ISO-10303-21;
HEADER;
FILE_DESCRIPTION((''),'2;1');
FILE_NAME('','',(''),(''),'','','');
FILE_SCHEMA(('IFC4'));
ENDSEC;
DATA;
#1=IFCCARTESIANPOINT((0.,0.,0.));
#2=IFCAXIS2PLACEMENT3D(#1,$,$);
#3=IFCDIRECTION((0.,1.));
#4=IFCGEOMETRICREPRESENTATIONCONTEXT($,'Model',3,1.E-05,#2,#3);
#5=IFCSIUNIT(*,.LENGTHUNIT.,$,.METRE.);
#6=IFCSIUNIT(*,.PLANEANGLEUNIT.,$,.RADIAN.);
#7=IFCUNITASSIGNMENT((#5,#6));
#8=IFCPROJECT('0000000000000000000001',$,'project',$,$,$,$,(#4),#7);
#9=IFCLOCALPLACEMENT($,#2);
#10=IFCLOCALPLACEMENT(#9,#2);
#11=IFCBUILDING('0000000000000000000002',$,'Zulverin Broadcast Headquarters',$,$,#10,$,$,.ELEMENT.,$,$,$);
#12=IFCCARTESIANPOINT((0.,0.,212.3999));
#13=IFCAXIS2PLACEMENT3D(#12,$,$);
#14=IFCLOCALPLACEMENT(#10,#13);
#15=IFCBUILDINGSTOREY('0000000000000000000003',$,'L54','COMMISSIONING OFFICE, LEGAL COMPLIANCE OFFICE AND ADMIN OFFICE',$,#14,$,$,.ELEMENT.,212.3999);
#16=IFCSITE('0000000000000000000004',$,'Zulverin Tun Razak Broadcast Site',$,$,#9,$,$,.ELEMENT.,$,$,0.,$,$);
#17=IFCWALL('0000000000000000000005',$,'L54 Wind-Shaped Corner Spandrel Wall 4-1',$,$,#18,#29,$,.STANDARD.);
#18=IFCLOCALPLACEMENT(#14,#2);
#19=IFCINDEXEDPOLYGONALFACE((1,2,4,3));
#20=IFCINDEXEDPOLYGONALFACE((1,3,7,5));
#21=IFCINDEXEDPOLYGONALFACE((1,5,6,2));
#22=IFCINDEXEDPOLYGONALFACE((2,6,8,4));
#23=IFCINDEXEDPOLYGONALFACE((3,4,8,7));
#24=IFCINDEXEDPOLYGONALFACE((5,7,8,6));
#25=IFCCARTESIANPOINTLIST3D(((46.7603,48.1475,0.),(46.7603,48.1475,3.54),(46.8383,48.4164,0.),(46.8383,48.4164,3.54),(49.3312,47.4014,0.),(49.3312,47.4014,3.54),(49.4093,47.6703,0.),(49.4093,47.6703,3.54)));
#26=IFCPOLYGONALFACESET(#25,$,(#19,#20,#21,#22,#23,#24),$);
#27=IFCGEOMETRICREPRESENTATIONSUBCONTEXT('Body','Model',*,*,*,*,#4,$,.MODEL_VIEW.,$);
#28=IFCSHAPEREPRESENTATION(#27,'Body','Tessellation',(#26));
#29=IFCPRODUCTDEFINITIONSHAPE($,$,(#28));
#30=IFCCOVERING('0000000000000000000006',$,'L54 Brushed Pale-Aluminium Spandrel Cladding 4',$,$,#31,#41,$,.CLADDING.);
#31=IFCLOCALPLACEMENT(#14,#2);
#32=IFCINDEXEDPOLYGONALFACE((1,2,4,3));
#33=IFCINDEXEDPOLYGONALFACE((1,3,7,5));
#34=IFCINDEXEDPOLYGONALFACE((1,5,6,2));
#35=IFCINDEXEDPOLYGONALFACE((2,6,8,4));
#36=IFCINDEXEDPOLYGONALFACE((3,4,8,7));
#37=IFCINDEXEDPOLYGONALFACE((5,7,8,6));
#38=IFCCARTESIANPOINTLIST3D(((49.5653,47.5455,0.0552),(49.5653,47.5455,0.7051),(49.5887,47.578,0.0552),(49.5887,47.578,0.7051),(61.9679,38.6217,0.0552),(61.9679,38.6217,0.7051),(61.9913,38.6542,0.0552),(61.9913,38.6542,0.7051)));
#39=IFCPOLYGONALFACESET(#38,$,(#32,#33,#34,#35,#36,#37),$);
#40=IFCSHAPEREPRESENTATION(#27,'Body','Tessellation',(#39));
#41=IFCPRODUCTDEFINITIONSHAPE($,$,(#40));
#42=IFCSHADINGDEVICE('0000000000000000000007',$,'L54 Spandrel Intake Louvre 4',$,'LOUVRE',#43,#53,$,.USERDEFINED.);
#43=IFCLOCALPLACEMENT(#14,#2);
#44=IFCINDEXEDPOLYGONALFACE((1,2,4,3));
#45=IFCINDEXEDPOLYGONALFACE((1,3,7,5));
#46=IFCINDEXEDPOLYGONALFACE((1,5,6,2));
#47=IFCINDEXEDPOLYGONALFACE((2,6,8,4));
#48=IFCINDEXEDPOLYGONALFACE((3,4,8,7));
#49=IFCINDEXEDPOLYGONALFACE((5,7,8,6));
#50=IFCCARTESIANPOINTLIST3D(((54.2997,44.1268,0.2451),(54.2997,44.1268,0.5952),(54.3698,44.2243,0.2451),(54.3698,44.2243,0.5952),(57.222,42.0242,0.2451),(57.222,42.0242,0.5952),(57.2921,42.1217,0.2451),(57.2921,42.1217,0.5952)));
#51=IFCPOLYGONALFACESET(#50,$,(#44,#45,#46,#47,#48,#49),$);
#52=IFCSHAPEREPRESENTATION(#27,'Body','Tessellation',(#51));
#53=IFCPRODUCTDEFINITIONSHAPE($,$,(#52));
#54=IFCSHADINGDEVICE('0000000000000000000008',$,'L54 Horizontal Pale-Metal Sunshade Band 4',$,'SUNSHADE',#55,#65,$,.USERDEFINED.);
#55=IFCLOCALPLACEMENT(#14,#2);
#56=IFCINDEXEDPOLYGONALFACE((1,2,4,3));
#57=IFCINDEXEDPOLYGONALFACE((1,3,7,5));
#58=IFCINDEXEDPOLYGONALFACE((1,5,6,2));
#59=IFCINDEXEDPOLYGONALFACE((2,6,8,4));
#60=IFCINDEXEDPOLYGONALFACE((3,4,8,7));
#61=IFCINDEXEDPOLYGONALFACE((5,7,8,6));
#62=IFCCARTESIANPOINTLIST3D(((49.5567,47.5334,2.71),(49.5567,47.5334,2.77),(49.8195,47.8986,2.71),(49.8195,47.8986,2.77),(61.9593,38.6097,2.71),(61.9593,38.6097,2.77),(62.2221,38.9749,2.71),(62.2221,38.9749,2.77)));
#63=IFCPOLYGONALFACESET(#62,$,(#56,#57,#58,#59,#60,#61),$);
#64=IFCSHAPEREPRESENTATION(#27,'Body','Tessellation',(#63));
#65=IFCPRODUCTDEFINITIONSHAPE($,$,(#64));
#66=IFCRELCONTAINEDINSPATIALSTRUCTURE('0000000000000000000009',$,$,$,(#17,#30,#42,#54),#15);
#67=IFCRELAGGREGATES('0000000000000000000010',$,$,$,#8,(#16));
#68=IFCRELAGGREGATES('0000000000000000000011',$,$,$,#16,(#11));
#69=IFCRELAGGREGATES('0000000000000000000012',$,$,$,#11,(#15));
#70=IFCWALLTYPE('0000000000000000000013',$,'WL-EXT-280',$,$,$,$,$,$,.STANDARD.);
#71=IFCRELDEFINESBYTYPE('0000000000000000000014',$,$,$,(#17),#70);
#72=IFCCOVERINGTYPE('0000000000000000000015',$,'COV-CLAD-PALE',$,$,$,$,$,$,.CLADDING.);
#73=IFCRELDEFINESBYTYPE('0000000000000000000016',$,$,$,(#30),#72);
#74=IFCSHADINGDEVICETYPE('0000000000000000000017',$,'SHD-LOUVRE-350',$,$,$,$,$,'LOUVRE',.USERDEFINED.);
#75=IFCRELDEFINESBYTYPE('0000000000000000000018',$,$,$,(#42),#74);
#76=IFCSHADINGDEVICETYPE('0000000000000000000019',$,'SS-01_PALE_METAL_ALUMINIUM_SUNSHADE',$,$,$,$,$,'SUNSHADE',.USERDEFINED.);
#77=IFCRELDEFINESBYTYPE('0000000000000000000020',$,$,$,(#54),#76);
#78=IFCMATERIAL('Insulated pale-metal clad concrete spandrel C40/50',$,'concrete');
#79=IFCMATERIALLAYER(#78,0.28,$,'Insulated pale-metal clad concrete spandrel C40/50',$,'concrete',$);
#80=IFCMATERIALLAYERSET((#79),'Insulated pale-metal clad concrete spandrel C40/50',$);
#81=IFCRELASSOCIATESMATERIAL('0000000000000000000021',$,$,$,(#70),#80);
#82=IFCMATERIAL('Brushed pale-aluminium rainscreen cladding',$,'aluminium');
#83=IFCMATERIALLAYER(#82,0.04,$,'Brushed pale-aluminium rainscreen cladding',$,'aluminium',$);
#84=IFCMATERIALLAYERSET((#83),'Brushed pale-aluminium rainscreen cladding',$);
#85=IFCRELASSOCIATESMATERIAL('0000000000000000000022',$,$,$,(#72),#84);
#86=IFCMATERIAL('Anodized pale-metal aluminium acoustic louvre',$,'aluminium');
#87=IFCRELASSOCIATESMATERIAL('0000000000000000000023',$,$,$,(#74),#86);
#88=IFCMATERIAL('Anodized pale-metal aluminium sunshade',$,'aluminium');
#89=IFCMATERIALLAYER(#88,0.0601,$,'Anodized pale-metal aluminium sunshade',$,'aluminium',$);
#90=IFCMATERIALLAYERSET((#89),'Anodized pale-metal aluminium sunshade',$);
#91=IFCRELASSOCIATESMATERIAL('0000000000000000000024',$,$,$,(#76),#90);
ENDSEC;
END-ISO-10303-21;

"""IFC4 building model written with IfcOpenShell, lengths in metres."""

from ifc_helpers import new_model, si_unit, direction, frame, frame_2d, origin, origin_2d, place, context, subcontext, project, spatial, rectangle, extrude, material, layer, layer_set, type_object, element, save


model = new_model("IFC4")

# Units and contexts
model_context = context("Model", 3, precision=1e-05, world=origin(), true_north=direction((0.0, 1.0)))
body_context = subcontext(model_context, "Body", "Model", "MODEL_VIEW")
ifc_project = project(units=[si_unit("LENGTHUNIT", "METRE"), si_unit("PLANEANGLEUNIT", "RADIAN")], contexts=[model_context])

# Site, building, storey
site_placement = place(None, origin())
site = spatial("IfcSite", under=ifc_project, at=site_placement, Name="Zulverin Tun Razak Broadcast Site", CompositionType="ELEMENT", RefElevation=0.0)
building_placement = place(site_placement, origin())
building = spatial("IfcBuilding", under=site, at=building_placement, Name="Zulverin Broadcast Headquarters", CompositionType="ELEMENT")
storey_placement = place(building_placement, frame((0.0, 0.0, 212.3999)))
storey = spatial("IfcBuildingStorey", under=building, at=storey_placement, Name="L54", Description="COMMISSIONING OFFICE, LEGAL COMPLIANCE OFFICE AND ADMIN OFFICE", CompositionType="ELEMENT", Elevation=212.3999)

# Shared definitions
ifc_material_1 = material(Name="Insulated pale-metal clad concrete spandrel C40/50", Category="concrete")
ifc_layer_1 = layer(ifc_material_1, 0.28, Name="Insulated pale-metal clad concrete spandrel C40/50", Category="concrete")
ifc_layer_set_1 = layer_set([ifc_layer_1], Name="Insulated pale-metal clad concrete spandrel C40/50")
wall_type = type_object("IfcWallType", Name="WL-EXT-280", PredefinedType="STANDARD", material=ifc_layer_set_1)

# Wall
wall_1_placement = place(storey_placement, frame((49.3701, 47.5359, 0.0), z_axis=(0.0, 0.0, 1.0), x_axis=(-0.96038, 0.278694, 0.0)))
element("IfcWall", 1, at=wall_1_placement, inside=storey, type_object=wall_type, Name="L54 Wind-Shaped Corner Spandrel Wall 4-1", PredefinedType="STANDARD", context=body_context, shape_type="SweptSolid", body=[
    extrude(rectangle(XDim=2.677, YDim=0.28, at=frame_2d((1.3384, 0.0))), origin(), (0.0, 0.0, 1.0), 3.54),
])

# Covering
ifc_material_2 = material(Name="Brushed pale-aluminium rainscreen cladding", Category="aluminium")
ifc_layer_2 = layer(ifc_material_2, 0.04, Name="Brushed pale-aluminium rainscreen cladding", Category="aluminium")
ifc_layer_set_2 = layer_set([ifc_layer_2], Name="Brushed pale-aluminium rainscreen cladding")
covering_type = type_object("IfcCoveringType", Name="COV-CLAD-PALE", PredefinedType="CLADDING", material=ifc_layer_set_2)
covering_placement = place(storey_placement, frame((55.7783, 43.0999, 0.0552), z_axis=(0.0, 0.0, 1.0), x_axis=(-0.811724, 0.584041, 0.0)))
element("IfcCovering", 2, at=covering_placement, inside=storey, type_object=covering_type, Name="L54 Brushed Pale-Aluminium Spandrel Cladding 4", PredefinedType="CLADDING", context=body_context, shape_type="SweptSolid", body=[
    extrude(rectangle(XDim=15.2793, YDim=0.04, at=origin_2d()), origin(), (0.0, 0.0, 1.0), 0.6499),
])

# Shading devices
ifc_material_3 = material(Name="Anodized pale-metal aluminium acoustic louvre", Category="aluminium")
shading_device_type_1 = type_object("IfcShadingDeviceType", Name="SHD-LOUVRE-350", ElementType="LOUVRE", PredefinedType="USERDEFINED", material=ifc_material_3)
shading_device_1_placement = place(storey_placement, frame((55.7959, 43.1243, 0.2451), z_axis=(0.0, 0.0, 1.0), x_axis=(-0.811724, 0.584041, 0.0)))
element("IfcShadingDevice", 3, at=shading_device_1_placement, inside=storey, type_object=shading_device_type_1, Name="L54 Spandrel Intake Louvre 4", ObjectType="LOUVRE", PredefinedType="USERDEFINED", context=body_context, shape_type="SweptSolid", body=[
    extrude(rectangle(XDim=3.6001, YDim=0.1201, at=origin_2d()), origin(), (0.0, 0.0, 1.0), 0.3501),
])
ifc_material_4 = material(Name="Anodized pale-metal aluminium sunshade", Category="aluminium")
ifc_layer_3 = layer(ifc_material_4, 0.0601, Name="Anodized pale-metal aluminium sunshade", Category="aluminium")
ifc_layer_set_3 = layer_set([ifc_layer_3], Name="Anodized pale-metal aluminium sunshade")
shading_device_type_2 = type_object("IfcShadingDeviceType", Name="SS-01_PALE_METAL_ALUMINIUM_SUNSHADE", ElementType="SUNSHADE", PredefinedType="USERDEFINED", material=ifc_layer_set_3)
shading_device_2_placement = place(storey_placement, frame((55.8894, 43.2542, 2.71), z_axis=(0.0, 0.0, 1.0), x_axis=(-0.811724, 0.584041, 0.0)))
element("IfcShadingDevice", 4, at=shading_device_2_placement, inside=storey, type_object=shading_device_type_2, Name="L54 Horizontal Pale-Metal Sunshade Band 4", ObjectType="SUNSHADE", PredefinedType="USERDEFINED", context=body_context, shape_type="SweptSolid", body=[
    extrude(rectangle(XDim=15.2793, YDim=0.45, at=origin_2d()), origin(), (0.0, 0.0, 1.0), 0.0601),
])

save(model, "model.ifc")
